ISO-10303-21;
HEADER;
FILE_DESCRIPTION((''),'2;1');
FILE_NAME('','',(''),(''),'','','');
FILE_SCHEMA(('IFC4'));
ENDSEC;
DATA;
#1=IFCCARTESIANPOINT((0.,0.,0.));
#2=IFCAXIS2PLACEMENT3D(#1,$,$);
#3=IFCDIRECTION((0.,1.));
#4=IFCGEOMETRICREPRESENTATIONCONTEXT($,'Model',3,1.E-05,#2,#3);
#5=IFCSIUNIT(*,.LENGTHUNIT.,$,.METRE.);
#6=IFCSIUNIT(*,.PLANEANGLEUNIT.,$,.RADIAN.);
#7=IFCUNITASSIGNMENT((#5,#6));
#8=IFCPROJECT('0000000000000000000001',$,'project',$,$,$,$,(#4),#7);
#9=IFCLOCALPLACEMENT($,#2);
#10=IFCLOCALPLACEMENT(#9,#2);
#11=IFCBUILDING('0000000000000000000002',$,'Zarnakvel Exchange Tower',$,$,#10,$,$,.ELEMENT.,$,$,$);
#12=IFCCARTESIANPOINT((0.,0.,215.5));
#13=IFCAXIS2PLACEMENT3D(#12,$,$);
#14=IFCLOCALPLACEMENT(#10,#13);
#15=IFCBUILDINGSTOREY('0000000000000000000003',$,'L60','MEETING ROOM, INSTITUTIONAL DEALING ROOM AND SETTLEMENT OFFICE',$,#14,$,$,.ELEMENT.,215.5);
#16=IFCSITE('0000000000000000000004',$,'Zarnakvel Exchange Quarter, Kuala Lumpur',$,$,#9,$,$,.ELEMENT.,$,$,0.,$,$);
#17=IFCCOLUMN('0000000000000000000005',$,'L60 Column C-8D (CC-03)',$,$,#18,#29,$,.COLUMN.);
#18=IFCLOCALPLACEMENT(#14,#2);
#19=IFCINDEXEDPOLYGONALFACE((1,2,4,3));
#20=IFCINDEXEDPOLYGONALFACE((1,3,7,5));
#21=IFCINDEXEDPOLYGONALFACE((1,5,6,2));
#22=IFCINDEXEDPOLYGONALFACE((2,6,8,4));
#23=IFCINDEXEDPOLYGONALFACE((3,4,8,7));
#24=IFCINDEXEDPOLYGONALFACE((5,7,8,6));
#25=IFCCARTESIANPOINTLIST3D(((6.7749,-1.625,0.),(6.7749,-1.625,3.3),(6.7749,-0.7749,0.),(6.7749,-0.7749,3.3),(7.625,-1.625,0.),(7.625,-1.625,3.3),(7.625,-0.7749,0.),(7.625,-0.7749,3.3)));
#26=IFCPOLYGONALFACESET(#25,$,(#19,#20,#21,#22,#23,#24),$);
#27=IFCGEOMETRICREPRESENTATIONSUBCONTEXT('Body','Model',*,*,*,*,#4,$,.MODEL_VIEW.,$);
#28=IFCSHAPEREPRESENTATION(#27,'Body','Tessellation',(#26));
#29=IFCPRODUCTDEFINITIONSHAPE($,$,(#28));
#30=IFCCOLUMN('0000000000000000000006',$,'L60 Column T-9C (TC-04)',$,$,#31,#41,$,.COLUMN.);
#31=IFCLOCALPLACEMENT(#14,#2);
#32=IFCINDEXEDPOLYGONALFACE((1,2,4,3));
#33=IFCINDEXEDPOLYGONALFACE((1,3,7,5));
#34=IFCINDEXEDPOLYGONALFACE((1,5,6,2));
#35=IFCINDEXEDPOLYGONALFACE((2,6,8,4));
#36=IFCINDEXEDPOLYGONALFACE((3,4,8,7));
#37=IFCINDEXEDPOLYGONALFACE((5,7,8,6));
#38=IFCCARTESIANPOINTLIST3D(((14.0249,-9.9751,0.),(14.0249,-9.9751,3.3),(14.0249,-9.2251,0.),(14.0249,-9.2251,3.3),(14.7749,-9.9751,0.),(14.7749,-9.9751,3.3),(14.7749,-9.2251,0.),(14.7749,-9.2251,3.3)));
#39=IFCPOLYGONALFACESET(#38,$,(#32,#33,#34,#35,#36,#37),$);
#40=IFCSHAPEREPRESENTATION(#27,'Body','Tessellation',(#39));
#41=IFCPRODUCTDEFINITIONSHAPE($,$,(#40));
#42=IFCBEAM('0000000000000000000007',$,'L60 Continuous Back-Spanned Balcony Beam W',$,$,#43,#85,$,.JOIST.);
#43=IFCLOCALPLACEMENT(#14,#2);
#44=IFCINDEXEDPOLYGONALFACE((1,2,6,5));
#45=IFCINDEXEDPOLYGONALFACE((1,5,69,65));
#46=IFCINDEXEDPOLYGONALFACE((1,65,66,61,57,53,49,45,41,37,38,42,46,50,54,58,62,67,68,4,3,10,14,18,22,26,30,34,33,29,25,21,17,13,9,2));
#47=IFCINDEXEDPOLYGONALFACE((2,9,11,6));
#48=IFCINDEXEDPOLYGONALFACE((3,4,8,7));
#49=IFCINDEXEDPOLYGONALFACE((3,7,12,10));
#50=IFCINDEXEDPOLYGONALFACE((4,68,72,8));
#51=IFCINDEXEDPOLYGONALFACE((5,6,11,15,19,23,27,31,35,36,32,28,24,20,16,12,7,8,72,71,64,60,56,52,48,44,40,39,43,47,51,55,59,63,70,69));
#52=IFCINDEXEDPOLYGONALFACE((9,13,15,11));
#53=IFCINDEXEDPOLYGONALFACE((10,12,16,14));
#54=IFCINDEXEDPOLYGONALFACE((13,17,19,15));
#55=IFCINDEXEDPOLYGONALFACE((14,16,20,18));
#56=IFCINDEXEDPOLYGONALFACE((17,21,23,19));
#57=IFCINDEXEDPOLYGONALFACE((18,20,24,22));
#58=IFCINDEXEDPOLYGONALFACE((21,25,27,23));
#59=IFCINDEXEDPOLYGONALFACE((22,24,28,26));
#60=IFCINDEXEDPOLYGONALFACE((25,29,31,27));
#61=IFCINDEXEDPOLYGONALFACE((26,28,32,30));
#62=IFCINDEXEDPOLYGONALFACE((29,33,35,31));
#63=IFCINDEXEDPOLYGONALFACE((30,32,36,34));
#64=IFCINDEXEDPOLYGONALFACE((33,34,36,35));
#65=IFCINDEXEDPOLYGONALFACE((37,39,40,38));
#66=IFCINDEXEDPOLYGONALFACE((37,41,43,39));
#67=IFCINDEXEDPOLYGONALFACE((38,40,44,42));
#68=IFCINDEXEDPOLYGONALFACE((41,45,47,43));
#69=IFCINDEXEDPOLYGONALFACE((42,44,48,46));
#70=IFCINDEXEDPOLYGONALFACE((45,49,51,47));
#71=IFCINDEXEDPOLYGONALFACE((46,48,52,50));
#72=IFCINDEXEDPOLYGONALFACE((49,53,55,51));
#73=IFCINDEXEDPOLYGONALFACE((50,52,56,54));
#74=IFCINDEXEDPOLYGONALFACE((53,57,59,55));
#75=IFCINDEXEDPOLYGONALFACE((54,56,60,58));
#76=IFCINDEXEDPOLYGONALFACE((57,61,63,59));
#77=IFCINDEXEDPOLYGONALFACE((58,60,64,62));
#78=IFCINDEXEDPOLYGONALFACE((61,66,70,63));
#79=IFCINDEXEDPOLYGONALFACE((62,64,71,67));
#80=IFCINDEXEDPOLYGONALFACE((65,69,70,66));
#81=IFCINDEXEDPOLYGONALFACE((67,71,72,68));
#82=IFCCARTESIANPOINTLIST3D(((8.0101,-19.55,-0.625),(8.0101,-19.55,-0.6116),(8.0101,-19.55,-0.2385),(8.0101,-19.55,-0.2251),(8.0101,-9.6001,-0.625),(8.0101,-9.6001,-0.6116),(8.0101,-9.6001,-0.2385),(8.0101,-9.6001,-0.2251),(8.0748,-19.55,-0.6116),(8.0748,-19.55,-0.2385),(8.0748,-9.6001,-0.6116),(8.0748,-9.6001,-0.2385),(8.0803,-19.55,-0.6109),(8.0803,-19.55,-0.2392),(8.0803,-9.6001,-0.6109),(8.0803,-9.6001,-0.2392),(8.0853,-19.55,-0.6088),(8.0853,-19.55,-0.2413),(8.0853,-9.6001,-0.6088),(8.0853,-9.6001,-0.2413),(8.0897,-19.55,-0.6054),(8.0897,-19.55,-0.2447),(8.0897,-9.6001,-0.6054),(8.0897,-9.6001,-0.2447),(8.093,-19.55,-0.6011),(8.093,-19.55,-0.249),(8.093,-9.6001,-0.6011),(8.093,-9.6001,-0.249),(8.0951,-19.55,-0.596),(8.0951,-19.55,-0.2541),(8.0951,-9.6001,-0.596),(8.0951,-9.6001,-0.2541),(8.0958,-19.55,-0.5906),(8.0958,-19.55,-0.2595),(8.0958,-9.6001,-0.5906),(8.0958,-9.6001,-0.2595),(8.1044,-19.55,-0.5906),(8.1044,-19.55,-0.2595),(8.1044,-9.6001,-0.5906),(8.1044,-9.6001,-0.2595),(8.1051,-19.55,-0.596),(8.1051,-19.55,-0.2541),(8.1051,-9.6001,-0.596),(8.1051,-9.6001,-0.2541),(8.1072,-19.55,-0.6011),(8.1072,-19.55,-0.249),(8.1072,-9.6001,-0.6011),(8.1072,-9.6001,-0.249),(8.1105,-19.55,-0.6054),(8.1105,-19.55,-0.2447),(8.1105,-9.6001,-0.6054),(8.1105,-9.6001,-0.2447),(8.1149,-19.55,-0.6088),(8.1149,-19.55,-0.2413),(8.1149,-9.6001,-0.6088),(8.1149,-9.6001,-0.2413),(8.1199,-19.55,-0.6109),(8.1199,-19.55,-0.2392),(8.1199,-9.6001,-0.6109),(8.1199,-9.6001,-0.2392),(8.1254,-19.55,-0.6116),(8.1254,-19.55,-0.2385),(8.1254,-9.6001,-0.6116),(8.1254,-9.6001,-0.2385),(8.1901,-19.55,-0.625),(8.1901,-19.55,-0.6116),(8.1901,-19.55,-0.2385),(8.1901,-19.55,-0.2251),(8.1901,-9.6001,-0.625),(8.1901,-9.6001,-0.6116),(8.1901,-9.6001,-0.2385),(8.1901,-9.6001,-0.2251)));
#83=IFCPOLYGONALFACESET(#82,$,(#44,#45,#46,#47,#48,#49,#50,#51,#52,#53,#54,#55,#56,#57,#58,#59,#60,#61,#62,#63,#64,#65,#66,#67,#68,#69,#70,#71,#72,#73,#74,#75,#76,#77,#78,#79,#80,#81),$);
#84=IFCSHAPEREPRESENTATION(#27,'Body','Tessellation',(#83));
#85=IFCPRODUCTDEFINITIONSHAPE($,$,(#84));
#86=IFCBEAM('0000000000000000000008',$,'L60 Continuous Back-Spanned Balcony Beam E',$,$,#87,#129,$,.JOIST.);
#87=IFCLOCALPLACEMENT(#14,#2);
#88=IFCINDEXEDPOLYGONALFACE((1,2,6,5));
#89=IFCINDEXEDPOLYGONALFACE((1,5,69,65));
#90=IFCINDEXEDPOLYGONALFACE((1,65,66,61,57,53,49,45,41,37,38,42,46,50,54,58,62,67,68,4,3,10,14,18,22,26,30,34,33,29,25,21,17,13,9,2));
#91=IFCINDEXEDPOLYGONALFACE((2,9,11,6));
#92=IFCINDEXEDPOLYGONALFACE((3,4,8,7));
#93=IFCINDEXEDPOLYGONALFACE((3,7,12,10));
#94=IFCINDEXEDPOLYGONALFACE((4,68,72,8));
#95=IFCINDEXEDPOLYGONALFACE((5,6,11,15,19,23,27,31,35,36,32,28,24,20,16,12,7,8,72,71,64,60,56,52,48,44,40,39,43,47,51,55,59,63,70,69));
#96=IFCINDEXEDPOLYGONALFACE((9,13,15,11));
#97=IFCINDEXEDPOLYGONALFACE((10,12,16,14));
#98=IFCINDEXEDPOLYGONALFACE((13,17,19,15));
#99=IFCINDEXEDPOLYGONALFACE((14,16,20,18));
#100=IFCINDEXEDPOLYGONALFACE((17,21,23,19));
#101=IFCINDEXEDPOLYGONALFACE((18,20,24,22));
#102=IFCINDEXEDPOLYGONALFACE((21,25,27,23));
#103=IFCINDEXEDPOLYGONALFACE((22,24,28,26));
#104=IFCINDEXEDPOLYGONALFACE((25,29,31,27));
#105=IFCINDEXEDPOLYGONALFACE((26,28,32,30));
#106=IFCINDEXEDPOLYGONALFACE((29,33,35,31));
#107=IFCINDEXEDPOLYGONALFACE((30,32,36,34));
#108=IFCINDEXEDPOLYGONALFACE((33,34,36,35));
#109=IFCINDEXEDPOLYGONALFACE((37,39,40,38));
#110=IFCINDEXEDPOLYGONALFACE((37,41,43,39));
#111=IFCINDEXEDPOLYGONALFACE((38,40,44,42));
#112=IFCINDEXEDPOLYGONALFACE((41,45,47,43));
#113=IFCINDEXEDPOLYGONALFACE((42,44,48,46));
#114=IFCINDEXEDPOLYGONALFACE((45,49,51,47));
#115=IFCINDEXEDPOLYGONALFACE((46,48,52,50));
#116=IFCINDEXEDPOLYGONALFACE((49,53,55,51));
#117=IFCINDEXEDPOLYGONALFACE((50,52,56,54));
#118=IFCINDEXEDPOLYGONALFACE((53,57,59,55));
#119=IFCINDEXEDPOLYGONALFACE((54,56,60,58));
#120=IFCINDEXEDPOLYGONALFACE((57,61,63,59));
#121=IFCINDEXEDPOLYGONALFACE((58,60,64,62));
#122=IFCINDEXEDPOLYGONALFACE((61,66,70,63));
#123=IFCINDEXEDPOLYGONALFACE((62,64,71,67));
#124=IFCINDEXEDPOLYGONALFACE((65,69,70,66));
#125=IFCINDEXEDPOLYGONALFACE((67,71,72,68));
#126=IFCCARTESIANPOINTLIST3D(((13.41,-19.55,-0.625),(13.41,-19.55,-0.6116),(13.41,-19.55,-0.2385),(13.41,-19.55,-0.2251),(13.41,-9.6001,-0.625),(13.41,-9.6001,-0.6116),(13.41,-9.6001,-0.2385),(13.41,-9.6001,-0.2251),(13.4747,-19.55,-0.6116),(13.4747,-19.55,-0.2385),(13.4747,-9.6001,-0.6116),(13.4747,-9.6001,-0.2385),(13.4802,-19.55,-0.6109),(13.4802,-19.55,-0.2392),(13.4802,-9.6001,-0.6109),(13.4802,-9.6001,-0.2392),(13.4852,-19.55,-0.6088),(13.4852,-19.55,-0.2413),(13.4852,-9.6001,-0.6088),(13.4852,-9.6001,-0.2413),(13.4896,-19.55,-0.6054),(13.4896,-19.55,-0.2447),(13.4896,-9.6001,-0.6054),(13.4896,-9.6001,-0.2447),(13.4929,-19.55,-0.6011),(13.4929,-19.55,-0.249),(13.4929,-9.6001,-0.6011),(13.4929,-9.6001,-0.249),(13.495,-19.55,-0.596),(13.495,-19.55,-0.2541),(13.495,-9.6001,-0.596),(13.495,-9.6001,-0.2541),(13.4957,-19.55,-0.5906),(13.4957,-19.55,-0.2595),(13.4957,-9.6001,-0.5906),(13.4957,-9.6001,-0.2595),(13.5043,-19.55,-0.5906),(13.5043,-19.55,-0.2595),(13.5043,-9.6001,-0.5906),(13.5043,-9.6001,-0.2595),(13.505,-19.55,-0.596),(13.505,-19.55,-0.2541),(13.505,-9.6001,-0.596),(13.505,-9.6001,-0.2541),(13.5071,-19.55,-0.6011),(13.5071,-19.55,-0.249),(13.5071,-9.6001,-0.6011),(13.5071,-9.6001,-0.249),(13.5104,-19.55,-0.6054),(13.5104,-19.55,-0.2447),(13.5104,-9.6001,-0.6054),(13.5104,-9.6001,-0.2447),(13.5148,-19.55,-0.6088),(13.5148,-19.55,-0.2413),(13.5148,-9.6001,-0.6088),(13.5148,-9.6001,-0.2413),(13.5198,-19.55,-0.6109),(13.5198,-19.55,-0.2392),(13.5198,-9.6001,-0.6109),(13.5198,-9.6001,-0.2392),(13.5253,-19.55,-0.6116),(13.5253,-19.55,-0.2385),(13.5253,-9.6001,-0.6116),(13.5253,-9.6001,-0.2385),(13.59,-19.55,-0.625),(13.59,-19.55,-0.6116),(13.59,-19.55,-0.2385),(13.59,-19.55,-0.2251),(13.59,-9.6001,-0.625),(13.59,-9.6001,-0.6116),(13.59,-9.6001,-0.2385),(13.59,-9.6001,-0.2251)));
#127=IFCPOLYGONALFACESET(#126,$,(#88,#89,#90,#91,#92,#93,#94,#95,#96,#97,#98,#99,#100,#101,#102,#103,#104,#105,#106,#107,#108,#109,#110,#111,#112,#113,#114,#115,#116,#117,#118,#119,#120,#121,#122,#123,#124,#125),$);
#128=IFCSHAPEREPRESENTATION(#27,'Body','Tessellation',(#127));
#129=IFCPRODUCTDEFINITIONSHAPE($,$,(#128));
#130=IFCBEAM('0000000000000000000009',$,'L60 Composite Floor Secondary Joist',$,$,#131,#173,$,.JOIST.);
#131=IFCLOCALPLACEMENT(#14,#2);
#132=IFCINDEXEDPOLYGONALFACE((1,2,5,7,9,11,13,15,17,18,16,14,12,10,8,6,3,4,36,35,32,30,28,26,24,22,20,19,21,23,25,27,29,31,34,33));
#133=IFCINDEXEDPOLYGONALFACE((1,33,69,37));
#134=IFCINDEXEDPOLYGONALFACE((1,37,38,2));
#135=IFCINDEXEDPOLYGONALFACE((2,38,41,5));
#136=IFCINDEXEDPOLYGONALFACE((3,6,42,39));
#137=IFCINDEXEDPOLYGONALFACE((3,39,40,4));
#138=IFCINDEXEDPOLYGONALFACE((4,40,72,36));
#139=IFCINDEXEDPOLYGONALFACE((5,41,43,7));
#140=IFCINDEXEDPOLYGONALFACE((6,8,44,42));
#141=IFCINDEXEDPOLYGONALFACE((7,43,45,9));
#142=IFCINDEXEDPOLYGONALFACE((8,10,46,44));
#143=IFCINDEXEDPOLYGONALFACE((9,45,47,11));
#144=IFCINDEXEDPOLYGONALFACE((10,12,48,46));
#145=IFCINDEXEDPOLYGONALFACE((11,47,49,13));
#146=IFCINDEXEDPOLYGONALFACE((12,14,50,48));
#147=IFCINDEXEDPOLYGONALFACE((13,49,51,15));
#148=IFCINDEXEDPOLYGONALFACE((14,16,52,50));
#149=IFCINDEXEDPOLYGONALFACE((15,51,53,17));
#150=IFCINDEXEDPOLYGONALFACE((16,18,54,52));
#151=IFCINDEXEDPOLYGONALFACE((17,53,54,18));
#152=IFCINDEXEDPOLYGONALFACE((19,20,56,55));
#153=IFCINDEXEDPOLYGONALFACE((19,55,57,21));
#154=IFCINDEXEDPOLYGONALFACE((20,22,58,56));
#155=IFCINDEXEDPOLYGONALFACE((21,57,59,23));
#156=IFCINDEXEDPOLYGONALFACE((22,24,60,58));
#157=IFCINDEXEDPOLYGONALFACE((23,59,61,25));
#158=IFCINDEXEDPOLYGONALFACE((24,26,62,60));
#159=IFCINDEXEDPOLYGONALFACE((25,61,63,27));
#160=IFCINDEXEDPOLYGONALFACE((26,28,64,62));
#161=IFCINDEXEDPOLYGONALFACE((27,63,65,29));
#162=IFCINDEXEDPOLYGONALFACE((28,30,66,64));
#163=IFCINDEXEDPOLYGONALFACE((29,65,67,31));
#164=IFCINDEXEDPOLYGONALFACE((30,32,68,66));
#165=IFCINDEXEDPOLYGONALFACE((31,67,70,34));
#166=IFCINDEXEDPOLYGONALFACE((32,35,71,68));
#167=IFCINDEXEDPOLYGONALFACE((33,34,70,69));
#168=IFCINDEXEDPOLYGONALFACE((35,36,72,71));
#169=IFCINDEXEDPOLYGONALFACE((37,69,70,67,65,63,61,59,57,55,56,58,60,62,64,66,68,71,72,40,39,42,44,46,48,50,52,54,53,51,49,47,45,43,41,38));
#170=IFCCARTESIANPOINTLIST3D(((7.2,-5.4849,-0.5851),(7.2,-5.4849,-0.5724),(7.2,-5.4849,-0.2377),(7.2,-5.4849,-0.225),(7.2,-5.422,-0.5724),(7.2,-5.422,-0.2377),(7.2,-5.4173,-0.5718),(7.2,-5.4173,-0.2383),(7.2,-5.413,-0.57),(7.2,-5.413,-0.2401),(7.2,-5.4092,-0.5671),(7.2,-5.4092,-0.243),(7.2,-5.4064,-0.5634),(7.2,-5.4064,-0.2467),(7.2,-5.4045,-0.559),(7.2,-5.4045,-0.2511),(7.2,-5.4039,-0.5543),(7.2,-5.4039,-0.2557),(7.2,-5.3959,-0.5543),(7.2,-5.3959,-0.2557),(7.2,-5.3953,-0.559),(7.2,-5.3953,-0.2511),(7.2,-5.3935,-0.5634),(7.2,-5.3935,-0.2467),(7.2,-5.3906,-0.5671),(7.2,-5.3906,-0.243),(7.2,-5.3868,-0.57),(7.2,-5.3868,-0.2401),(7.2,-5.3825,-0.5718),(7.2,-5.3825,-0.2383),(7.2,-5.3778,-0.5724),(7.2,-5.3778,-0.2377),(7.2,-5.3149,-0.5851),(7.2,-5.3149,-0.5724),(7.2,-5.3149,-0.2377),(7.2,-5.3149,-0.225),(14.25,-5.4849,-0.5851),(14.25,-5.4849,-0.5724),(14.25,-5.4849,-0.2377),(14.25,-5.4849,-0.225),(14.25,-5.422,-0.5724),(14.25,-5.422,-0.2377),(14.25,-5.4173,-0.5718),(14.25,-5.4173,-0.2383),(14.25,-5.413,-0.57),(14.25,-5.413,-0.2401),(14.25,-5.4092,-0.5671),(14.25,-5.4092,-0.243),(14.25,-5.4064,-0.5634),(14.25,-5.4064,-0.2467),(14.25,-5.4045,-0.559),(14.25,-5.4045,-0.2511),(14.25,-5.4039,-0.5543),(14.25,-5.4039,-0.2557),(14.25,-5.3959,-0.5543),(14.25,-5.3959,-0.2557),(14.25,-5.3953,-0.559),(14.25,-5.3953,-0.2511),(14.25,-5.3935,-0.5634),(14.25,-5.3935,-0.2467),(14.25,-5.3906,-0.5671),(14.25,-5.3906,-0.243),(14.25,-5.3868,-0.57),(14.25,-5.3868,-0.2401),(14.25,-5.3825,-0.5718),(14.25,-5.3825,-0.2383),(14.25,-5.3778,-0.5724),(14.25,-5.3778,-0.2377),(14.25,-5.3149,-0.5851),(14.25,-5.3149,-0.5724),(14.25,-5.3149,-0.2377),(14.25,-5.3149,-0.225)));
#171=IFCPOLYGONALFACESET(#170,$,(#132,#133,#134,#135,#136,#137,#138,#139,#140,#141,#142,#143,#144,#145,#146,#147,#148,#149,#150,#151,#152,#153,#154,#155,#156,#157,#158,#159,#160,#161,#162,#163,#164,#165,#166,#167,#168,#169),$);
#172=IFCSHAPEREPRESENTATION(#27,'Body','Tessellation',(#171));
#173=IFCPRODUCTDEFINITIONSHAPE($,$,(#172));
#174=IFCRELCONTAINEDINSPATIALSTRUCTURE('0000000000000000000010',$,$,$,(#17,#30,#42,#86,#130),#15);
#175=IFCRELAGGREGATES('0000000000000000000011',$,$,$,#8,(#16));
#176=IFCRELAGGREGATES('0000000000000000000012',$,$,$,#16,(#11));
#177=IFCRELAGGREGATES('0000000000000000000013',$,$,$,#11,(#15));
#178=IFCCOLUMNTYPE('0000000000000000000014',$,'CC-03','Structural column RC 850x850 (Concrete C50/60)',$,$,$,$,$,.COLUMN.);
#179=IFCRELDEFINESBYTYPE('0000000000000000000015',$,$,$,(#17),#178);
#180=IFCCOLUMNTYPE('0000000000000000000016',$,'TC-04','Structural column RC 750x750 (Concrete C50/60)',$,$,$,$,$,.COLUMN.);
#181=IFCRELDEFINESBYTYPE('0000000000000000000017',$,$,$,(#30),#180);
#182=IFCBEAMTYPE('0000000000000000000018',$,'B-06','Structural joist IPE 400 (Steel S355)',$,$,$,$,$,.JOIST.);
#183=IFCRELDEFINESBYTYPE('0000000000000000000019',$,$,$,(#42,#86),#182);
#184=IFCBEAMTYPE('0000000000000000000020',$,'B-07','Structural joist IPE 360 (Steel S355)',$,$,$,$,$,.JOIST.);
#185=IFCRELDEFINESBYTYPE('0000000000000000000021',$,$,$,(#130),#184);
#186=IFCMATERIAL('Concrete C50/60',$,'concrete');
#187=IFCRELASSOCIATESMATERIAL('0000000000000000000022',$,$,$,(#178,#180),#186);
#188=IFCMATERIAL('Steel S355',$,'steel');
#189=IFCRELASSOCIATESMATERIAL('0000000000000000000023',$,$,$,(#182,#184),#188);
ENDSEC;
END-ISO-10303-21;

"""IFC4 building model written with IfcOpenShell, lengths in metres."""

from ifc_helpers import new_model, si_unit, direction, frame, origin, origin_2d, place, context, subcontext, project, spatial, rectangle, i_section, extrude, material, material_profile, profile_set, type_object, element, save


model = new_model("IFC4")

# Units and contexts
model_context = context("Model", 3, precision=1e-05, world=origin(), true_north=direction((0.0, 1.0)))
body_context = subcontext(model_context, "Body", "Model", "MODEL_VIEW")
ifc_project = project(units=[si_unit("LENGTHUNIT", "METRE"), si_unit("PLANEANGLEUNIT", "RADIAN")], contexts=[model_context])

# Site, building, storey
site_placement = place(None, origin())
site = spatial("IfcSite", under=ifc_project, at=site_placement, Name="Zarnakvel Exchange Quarter, Kuala Lumpur", CompositionType="ELEMENT", RefElevation=0.0)
building_placement = place(site_placement, origin())
building = spatial("IfcBuilding", under=site, at=building_placement, Name="Zarnakvel Exchange Tower", CompositionType="ELEMENT")
storey_placement = place(building_placement, frame((0.0, 0.0, 215.5)))
storey = spatial("IfcBuildingStorey", under=building, at=storey_placement, Name="L60", Description="MEETING ROOM, INSTITUTIONAL DEALING ROOM AND SETTLEMENT OFFICE", CompositionType="ELEMENT", Elevation=215.5)

# Columns
ifc_material_1 = material(Name="Concrete C50/60", Category="concrete")
ifc_material_profile_1 = material_profile(ifc_material_1, rectangle(XDim=0.8501, YDim=0.8501, at=origin_2d()))
ifc_profile_set_1 = profile_set([ifc_material_profile_1], Name="Concrete C50/60")
column_type_1 = type_object("IfcColumnType", Name="CC-03", Description="Structural column RC 850x850 (Concrete C50/60)", PredefinedType="COLUMN", material=ifc_profile_set_1)
column_1_placement = place(storey_placement, frame((7.2, -1.2, 0.0), z_axis=(0.0, 0.0, 1.0), x_axis=(1.0, 0.0, 0.0)))
element("IfcColumn", 1, at=column_1_placement, inside=storey, type_object=column_type_1, Name="L60 Column C-8D (CC-03)", PredefinedType="COLUMN", context=body_context, shape_type="SweptSolid", body=[
    extrude(rectangle(XDim=0.8501, YDim=0.8501, at=origin_2d()), origin(), (0.0, 0.0, 1.0), 3.3),
])
ifc_material_profile_2 = material_profile(ifc_material_1, rectangle(XDim=0.75, YDim=0.75, at=origin_2d()))
ifc_profile_set_2 = profile_set([ifc_material_profile_2], Name="Concrete C50/60")
column_type_2 = type_object("IfcColumnType", Name="TC-04", Description="Structural column RC 750x750 (Concrete C50/60)", PredefinedType="COLUMN", material=ifc_profile_set_2)
column_2_placement = place(storey_placement, frame((14.3999, -9.6001, 0.0), z_axis=(0.0, 0.0, 1.0), x_axis=(1.0, 0.0, 0.0)))
element("IfcColumn", 2, at=column_2_placement, inside=storey, type_object=column_type_2, Name="L60 Column T-9C (TC-04)", PredefinedType="COLUMN", context=body_context, shape_type="SweptSolid", body=[
    extrude(rectangle(XDim=0.75, YDim=0.75, at=origin_2d()), origin(), (0.0, 0.0, 1.0), 3.3),
])

# Beams
ifc_material_2 = material(Name="Steel S355", Category="steel")
ifc_material_profile_3 = material_profile(ifc_material_2, i_section(OverallWidth=0.1799, OverallDepth=0.3999, WebThickness=0.0085, FlangeThickness=0.0134, FilletRadius=0.021, at=origin_2d()))
ifc_profile_set_3 = profile_set([ifc_material_profile_3], Name="Steel S355")
beam_type_1 = type_object("IfcBeamType", Name="B-06", Description="Structural joist IPE 400 (Steel S355)", PredefinedType="JOIST", material=ifc_profile_set_3)
for number, where, z_axis, x_axis, name in (
    (3, (8.1001, -9.6001, -0.425), (0.0, -1.0, 0.0), (1.0, 0.0, 0.0), "L60 Continuous Back-Spanned Balcony Beam W"),
    (4, (13.5, -9.6001, -0.425), (0.0, -1.0, 0.0), (1.0, 0.0, 0.0), "L60 Continuous Back-Spanned Balcony Beam E"),
):
    element("IfcBeam", number, at=place(storey_placement, frame(where, z_axis=z_axis, x_axis=x_axis)), inside=storey, type_object=beam_type_1, Name=name, PredefinedType="JOIST", context=body_context, shape_type="SweptSolid", body=[
        extrude(i_section(OverallWidth=0.1799, OverallDepth=0.3999, WebThickness=0.0085, FlangeThickness=0.0134, FilletRadius=0.021, at=origin_2d()), origin(), (0.0, 0.0, 1.0), 9.95),
    ])
ifc_material_profile_4 = material_profile(ifc_material_2, i_section(OverallWidth=0.1699, OverallDepth=0.3601, WebThickness=0.0081, FlangeThickness=0.0127, FilletRadius=0.0181, at=origin_2d()))
ifc_profile_set_4 = profile_set([ifc_material_profile_4], Name="Steel S355")
beam_type_2 = type_object("IfcBeamType", Name="B-07", Description="Structural joist IPE 360 (Steel S355)", PredefinedType="JOIST", material=ifc_profile_set_4)
beam_1_placement = place(storey_placement, frame((7.2, -5.3999, -0.405), z_axis=(1.0, 0.0, 0.0), x_axis=(0.0, 1.0, 0.0)))
element("IfcBeam", 5, at=beam_1_placement, inside=storey, type_object=beam_type_2, Name="L60 Composite Floor Secondary Joist", PredefinedType="JOIST", context=body_context, shape_type="SweptSolid", body=[
    extrude(i_section(OverallWidth=0.1699, OverallDepth=0.3601, WebThickness=0.0081, FlangeThickness=0.0127, FilletRadius=0.0181, at=origin_2d()), origin(), (0.0, 0.0, 1.0), 7.05),
])

save(model, "model.ifc")
